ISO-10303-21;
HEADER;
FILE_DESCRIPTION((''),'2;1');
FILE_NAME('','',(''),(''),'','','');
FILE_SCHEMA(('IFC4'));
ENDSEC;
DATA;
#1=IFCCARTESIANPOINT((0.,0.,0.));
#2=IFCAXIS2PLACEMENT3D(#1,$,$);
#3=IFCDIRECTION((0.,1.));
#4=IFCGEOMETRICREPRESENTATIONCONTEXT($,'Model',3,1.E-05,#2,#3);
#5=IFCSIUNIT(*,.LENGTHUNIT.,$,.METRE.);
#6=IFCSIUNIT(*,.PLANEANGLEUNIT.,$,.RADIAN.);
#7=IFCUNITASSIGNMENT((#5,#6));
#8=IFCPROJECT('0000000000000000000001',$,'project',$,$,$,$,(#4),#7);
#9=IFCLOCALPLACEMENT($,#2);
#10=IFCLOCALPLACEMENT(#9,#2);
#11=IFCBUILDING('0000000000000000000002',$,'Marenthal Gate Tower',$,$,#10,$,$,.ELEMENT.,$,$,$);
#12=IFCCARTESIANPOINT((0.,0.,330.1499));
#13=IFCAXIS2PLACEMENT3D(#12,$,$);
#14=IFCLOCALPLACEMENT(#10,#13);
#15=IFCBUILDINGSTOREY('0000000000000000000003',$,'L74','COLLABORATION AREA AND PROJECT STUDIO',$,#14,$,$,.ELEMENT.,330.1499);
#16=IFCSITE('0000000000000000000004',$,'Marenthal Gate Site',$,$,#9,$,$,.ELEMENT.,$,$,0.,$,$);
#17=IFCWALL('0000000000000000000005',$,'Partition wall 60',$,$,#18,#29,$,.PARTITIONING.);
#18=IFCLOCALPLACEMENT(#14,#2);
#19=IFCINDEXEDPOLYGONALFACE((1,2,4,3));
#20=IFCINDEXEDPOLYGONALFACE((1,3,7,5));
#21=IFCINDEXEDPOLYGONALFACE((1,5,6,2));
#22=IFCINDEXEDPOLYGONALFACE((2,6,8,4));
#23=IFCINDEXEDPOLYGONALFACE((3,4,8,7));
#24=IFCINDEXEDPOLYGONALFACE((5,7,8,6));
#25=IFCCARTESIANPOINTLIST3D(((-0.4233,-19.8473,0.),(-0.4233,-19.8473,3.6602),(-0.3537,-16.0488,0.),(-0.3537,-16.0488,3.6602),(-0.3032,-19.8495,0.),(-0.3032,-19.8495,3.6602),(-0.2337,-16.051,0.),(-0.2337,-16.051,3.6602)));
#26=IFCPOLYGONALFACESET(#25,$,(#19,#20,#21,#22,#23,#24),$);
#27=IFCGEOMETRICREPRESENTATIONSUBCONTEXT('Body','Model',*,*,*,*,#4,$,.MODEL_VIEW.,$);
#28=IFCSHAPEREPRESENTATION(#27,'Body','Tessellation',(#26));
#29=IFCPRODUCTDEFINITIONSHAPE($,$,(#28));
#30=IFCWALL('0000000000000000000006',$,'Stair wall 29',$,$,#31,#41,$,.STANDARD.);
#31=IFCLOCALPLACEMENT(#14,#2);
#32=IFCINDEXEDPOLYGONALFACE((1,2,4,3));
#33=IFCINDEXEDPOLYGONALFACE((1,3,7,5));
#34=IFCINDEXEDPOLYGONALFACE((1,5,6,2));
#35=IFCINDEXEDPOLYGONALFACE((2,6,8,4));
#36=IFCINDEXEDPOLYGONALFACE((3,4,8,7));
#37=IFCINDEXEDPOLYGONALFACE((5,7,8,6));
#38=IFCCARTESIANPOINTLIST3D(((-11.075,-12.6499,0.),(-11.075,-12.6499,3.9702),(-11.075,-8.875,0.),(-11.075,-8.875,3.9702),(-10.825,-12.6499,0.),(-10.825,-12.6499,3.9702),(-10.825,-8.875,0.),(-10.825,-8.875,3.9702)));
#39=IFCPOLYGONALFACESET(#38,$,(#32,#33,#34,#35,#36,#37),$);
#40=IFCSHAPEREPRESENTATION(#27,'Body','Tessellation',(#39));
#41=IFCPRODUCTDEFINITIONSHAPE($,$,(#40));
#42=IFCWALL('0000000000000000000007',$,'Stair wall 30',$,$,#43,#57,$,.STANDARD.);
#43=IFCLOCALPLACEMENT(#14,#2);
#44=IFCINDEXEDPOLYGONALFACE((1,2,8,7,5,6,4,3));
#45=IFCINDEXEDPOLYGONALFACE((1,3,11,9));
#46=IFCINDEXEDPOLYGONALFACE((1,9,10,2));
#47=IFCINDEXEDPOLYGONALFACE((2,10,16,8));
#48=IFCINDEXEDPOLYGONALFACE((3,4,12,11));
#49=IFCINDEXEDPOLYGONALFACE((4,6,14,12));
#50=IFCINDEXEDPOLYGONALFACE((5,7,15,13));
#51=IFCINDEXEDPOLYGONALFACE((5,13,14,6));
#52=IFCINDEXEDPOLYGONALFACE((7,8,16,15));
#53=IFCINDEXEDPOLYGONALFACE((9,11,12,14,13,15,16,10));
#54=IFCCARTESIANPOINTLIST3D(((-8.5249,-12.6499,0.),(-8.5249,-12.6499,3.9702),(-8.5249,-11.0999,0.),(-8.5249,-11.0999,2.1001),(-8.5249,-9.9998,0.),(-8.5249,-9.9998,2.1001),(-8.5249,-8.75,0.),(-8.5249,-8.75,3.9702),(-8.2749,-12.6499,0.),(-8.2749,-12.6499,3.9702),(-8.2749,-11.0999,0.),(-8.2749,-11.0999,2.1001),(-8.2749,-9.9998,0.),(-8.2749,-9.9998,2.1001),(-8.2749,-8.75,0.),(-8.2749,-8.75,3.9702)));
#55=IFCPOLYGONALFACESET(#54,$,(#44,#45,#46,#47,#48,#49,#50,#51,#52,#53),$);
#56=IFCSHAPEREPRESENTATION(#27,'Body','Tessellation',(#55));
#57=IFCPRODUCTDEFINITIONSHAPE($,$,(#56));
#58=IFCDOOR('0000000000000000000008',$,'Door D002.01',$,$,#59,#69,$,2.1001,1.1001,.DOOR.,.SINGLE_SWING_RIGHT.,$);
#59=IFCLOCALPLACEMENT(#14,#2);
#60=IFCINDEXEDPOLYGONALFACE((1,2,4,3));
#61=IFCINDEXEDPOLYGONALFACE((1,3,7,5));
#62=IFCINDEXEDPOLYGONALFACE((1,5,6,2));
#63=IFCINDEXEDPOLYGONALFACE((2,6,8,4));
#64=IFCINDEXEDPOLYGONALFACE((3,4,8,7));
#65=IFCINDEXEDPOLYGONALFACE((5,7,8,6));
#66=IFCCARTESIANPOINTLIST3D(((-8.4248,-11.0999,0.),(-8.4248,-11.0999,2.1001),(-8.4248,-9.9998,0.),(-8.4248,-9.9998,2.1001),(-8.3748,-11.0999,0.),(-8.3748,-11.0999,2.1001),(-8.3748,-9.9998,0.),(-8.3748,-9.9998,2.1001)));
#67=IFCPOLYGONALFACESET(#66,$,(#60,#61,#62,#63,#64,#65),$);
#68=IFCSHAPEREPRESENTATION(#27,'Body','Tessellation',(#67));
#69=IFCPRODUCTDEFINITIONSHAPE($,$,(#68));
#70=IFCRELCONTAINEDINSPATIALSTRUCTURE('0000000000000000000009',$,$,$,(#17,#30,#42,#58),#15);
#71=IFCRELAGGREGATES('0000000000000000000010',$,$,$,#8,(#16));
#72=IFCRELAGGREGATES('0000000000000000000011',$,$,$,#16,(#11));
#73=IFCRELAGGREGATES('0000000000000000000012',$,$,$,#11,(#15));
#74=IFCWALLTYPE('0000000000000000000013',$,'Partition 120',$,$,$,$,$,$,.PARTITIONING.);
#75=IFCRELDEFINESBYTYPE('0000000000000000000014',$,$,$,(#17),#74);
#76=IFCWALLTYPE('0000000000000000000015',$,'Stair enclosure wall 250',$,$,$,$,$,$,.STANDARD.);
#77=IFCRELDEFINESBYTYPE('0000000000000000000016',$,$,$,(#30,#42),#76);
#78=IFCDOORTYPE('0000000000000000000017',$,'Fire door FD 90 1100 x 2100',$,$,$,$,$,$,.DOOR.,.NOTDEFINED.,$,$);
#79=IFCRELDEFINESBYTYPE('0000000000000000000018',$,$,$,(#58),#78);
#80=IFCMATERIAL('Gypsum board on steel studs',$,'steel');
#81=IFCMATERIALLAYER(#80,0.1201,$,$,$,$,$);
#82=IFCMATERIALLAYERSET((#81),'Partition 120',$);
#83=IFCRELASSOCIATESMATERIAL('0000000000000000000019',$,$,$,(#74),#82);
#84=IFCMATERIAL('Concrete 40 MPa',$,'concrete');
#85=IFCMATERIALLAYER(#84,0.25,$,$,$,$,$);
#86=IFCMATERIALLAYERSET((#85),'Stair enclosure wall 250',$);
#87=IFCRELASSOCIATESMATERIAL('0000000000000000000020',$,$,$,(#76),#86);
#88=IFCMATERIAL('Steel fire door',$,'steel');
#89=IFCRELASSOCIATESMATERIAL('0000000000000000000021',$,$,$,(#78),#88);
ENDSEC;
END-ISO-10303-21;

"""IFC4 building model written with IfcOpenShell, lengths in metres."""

from ifc_helpers import new_model, si_unit, direction, frame, frame_2d, origin, place, context, subcontext, project, spatial, rectangle, extrude, material, layer, layer_set, type_object, element, fill, save


model = new_model("IFC4")

# Units and contexts
model_context = context("Model", 3, precision=1e-05, world=origin(), true_north=direction((0.0, 1.0)))
body_context = subcontext(model_context, "Body", "Model", "MODEL_VIEW")
ifc_project = project(units=[si_unit("LENGTHUNIT", "METRE"), si_unit("PLANEANGLEUNIT", "RADIAN")], contexts=[model_context])

# Site, building, storey
site_placement = place(None, origin())
site = spatial("IfcSite", under=ifc_project, at=site_placement, Name="Marenthal Gate Site", CompositionType="ELEMENT", RefElevation=0.0)
building_placement = place(site_placement, origin())
building = spatial("IfcBuilding", under=site, at=building_placement, Name="Marenthal Gate Tower", CompositionType="ELEMENT")
storey_placement = place(building_placement, frame((0.0, 0.0, 330.1499)))
storey = spatial("IfcBuildingStorey", under=building, at=storey_placement, Name="L74", Description="COLLABORATION AREA AND PROJECT STUDIO", CompositionType="ELEMENT", Elevation=330.1499)

# Walls
ifc_material_1 = material(Name="Gypsum board on steel studs", Category="steel")
ifc_layer_1 = layer(ifc_material_1, 0.1201)
ifc_layer_set_1 = layer_set([ifc_layer_1], Name="Partition 120")
wall_type_1 = type_object("IfcWallType", Name="Partition 120", PredefinedType="PARTITIONING", material=ifc_layer_set_1)
wall_1_placement = place(storey_placement, frame((-0.2937, -16.05, 0.0), z_axis=(0.0, 0.0, 1.0), x_axis=(-0.018315, -0.999832, 0.0)))
element("IfcWall", 1, at=wall_1_placement, inside=storey, type_object=wall_type_1, Name="Partition wall 60", PredefinedType="PARTITIONING", context=body_context, shape_type="SweptSolid", body=[
    extrude(rectangle(XDim=3.7991, YDim=0.1201, at=frame_2d((1.8994, 0.0))), origin(), (0.0, 0.0, 1.0), 3.6602),
])
ifc_material_2 = material(Name="Concrete 40 MPa", Category="concrete")
ifc_layer_2 = layer(ifc_material_2, 0.25)
ifc_layer_set_2 = layer_set([ifc_layer_2], Name="Stair enclosure wall 250")
wall_type_2 = type_object("IfcWallType", Name="Stair enclosure wall 250", PredefinedType="STANDARD", material=ifc_layer_set_2)
wall_2_placement = place(storey_placement, frame((-10.95, -12.6499, 0.0), z_axis=(0.0, 0.0, 1.0), x_axis=(0.0, 1.0, 0.0)))
element("IfcWall", 2, at=wall_2_placement, inside=storey, type_object=wall_type_2, Name="Stair wall 29", PredefinedType="STANDARD", context=body_context, shape_type="SweptSolid", body=[
    extrude(rectangle(XDim=3.7749, YDim=0.25, at=frame_2d((1.8875, 0.0))), origin(), (0.0, 0.0, 1.0), 3.9702),
])

# Wall, opening, door
wall_3_placement = place(storey_placement, frame((-8.3999, -12.6499, 0.0), z_axis=(0.0, 0.0, 1.0), x_axis=(0.0, 1.0, 0.0)))
wall_3 = element("IfcWall", 3, at=wall_3_placement, inside=storey, type_object=wall_type_2, Name="Stair wall 30", PredefinedType="STANDARD", context=body_context, shape_type="SweptSolid", body=[
    extrude(rectangle(XDim=3.8999, YDim=0.25, at=frame_2d((1.95, 0.0))), origin(), (0.0, 0.0, 1.0), 3.9702),
])
opening_1_placement = place(wall_3_placement, frame((1.55, 0.0, 0.0)))
opening_1 = element("IfcOpeningElement", 4, at=opening_1_placement, cuts=wall_3, PredefinedType="OPENING", context=body_context, shape_type="SweptSolid", body=[
    extrude(rectangle(XDim=1.1001, YDim=2.1001, at=frame_2d((0.55, 1.05))), frame((0.0, 0.135, 0.0), z_axis=(0.0, -1.0, 0.0), x_axis=(1.0, 0.0, 0.0)), (0.0, 0.0, 1.0), 0.27),
])
ifc_material_3 = material(Name="Steel fire door", Category="steel")
door_type_1 = type_object("IfcDoorType", Name="Fire door FD 90 1100 x 2100", OperationType="NOTDEFINED", PredefinedType="DOOR", material=ifc_material_3)
door_1_placement = place(opening_1_placement, origin())
door_1 = element("IfcDoor", 5, at=door_1_placement, inside=storey, type_object=door_type_1, Name="Door D002.01", OperationType="SINGLE_SWING_RIGHT", OverallHeight=2.1001, OverallWidth=1.1001, PredefinedType="DOOR", context=body_context, shape_type="SweptSolid", body=[
    extrude(rectangle(XDim=1.1001, YDim=2.1001, at=frame_2d((0.55, 1.05))), frame((0.0, 0.0249, 0.0), z_axis=(0.0, -1.0, 0.0), x_axis=(1.0, 0.0, 0.0)), (0.0, 0.0, 1.0), 0.05),
])
fill(opening_1, door_1)

save(model, "model.ifc")
